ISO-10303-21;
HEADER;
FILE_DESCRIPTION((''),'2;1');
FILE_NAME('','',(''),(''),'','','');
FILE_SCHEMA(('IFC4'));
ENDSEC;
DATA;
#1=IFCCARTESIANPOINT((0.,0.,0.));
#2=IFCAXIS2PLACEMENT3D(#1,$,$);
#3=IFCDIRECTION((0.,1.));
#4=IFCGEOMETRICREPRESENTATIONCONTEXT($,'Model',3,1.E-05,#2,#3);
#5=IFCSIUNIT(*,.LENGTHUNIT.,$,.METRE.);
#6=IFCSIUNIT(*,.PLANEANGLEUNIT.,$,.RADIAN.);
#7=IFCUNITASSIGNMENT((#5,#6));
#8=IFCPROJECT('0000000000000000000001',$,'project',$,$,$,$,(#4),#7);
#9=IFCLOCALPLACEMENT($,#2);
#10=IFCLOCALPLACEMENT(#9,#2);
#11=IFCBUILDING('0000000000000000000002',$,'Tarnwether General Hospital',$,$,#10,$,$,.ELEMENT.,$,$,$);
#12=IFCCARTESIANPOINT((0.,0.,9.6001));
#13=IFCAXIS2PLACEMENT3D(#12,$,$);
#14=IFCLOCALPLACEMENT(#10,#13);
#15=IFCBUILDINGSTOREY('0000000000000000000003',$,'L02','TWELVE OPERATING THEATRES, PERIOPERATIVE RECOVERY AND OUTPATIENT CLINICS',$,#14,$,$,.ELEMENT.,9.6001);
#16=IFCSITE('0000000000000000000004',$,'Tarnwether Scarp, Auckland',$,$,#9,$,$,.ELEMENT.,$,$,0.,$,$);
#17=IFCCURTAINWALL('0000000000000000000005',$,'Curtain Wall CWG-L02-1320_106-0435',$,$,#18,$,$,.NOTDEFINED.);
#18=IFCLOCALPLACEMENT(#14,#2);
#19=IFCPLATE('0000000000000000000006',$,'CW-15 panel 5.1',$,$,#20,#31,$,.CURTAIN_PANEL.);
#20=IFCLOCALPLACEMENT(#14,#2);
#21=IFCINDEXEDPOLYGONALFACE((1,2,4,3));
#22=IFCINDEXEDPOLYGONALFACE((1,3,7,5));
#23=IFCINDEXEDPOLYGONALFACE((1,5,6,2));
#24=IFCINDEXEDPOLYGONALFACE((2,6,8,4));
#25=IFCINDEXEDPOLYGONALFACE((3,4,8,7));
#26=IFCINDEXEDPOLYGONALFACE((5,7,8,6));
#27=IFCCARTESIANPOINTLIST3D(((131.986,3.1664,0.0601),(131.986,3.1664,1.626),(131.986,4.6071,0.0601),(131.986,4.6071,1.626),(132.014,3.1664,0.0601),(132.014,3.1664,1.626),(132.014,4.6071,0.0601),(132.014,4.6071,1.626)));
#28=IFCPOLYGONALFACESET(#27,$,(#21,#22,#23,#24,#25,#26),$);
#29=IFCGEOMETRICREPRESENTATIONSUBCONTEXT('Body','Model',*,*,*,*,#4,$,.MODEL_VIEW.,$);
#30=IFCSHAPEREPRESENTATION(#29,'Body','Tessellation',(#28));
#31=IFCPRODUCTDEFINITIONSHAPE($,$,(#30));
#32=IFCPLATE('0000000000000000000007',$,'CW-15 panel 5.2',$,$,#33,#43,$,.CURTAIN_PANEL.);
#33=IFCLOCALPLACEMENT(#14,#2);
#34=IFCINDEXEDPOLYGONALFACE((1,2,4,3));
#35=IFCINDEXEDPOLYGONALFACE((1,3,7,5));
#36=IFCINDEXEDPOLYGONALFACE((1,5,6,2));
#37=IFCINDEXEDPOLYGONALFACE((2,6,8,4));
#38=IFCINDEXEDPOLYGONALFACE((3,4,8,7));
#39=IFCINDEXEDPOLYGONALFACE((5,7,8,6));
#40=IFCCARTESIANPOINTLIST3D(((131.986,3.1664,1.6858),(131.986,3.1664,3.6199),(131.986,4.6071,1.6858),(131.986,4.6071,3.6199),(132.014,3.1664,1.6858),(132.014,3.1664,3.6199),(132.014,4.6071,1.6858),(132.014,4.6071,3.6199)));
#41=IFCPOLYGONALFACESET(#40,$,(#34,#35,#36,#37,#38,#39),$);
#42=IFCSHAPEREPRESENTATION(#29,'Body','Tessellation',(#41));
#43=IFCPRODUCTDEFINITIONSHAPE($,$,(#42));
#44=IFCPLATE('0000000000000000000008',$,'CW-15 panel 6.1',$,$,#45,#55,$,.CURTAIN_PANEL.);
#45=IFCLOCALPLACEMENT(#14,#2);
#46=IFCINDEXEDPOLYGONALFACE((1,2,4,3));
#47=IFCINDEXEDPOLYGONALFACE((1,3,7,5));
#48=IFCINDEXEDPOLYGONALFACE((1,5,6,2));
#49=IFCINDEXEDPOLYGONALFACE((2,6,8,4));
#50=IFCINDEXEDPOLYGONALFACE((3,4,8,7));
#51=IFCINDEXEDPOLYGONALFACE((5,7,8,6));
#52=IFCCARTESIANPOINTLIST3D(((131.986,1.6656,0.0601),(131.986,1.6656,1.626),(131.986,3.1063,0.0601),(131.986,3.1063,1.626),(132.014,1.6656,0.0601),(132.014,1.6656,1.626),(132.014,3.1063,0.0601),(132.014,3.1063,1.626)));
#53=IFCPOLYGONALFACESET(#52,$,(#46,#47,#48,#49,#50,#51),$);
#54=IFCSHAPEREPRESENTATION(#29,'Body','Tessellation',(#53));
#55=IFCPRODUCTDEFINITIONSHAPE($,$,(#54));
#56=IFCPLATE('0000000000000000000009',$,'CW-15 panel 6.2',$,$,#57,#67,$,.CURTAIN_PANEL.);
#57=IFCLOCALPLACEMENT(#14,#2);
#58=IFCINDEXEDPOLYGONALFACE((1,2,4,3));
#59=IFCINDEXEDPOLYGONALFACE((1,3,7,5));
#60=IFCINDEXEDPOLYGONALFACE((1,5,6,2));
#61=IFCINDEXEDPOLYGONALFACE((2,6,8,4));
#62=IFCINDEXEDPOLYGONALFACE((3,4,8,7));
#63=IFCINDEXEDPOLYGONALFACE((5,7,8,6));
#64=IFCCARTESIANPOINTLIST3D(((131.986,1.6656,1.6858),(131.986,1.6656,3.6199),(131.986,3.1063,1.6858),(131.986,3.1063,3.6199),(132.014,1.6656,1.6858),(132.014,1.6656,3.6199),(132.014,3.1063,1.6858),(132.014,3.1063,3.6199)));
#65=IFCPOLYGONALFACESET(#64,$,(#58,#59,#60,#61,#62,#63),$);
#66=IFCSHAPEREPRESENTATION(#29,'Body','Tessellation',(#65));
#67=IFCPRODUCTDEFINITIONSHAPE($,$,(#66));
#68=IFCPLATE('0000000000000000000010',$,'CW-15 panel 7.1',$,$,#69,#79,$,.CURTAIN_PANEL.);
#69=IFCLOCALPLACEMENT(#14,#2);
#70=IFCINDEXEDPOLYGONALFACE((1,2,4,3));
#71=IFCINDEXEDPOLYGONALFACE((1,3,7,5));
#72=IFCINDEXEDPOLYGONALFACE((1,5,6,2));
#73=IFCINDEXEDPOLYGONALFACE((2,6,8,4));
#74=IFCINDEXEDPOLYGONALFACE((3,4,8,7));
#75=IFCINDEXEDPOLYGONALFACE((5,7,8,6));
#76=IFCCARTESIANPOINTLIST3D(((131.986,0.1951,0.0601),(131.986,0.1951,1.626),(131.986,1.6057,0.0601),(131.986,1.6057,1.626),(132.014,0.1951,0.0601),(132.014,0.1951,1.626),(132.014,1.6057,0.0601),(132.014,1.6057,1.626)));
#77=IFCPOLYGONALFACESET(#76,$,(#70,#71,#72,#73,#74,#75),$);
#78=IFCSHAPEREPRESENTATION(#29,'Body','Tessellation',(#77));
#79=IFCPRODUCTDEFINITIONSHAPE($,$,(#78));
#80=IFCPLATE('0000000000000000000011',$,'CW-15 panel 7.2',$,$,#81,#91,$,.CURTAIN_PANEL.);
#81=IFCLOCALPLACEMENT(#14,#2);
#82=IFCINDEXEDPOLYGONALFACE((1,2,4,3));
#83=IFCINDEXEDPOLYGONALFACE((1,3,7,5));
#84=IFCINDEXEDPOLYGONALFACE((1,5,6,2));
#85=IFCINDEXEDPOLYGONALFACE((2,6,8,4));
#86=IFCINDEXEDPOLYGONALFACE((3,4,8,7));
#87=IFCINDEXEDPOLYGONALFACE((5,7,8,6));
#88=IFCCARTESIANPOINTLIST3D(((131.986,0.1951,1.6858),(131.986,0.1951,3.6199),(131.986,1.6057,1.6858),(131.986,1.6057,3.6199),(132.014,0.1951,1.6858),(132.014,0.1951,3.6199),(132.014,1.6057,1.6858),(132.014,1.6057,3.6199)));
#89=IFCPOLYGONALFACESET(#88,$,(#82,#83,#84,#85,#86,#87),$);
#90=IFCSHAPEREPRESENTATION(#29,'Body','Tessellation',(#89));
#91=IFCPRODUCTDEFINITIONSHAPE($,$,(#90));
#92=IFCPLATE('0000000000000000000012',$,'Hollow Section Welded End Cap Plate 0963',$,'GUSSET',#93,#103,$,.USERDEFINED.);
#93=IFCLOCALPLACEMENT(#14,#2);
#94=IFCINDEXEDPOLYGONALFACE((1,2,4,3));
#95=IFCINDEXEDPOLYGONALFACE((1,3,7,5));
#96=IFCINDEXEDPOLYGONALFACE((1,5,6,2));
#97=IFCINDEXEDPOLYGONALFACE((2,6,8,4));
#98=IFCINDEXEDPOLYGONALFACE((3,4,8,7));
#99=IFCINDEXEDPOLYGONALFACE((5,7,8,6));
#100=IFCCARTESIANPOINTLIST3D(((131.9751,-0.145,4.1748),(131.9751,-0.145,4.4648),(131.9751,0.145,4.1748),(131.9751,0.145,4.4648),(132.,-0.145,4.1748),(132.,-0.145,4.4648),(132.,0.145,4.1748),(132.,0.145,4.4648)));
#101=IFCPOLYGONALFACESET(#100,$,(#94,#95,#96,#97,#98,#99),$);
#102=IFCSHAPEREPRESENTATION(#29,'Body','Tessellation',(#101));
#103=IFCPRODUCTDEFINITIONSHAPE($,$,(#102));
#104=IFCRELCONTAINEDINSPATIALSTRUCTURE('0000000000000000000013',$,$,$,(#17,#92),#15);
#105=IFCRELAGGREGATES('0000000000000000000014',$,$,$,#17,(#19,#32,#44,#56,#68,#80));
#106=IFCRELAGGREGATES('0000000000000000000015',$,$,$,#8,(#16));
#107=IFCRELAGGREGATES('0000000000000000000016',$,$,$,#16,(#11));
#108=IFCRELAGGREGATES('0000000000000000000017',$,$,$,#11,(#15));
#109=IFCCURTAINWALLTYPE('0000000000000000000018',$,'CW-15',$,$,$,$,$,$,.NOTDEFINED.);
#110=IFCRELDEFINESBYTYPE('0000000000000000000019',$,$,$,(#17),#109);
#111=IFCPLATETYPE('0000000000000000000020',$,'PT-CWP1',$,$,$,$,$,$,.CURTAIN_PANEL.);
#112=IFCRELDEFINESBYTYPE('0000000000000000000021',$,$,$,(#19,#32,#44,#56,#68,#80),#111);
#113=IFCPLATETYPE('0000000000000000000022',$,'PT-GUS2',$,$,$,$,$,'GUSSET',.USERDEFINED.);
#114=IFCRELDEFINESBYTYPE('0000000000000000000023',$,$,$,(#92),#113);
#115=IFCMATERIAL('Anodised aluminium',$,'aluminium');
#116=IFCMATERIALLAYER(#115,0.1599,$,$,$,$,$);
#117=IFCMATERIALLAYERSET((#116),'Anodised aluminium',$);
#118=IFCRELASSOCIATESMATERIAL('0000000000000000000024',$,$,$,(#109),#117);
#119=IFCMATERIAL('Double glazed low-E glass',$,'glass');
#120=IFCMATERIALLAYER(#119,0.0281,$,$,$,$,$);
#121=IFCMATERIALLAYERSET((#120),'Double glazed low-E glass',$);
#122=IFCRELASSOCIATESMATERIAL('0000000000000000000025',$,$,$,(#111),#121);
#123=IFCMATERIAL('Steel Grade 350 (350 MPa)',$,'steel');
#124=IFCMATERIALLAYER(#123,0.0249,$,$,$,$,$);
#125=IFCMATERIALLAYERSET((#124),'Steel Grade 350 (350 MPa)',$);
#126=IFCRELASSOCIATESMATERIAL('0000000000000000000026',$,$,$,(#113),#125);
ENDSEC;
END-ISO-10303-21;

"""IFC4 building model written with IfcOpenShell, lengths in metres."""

from ifc_helpers import new_model, si_unit, direction, frame, origin, origin_2d, place, context, subcontext, project, spatial, rectangle, extrude, material, layer, layer_set, type_object, element, aggregate, save


model = new_model("IFC4")

# Units and contexts
model_context = context("Model", 3, precision=1e-05, world=origin(), true_north=direction((0.0, 1.0)))
body_context = subcontext(model_context, "Body", "Model", "MODEL_VIEW")
ifc_project = project(units=[si_unit("LENGTHUNIT", "METRE"), si_unit("PLANEANGLEUNIT", "RADIAN")], contexts=[model_context])

# Site, building, storey
site_placement = place(None, origin())
site = spatial("IfcSite", under=ifc_project, at=site_placement, Name="Tarnwether Scarp, Auckland", CompositionType="ELEMENT", RefElevation=0.0)
building_placement = place(site_placement, origin())
building = spatial("IfcBuilding", under=site, at=building_placement, Name="Tarnwether General Hospital", CompositionType="ELEMENT")
storey_placement = place(building_placement, frame((0.0, 0.0, 9.6001)))
storey = spatial("IfcBuildingStorey", under=building, at=storey_placement, Name="L02", Description="TWELVE OPERATING THEATRES, PERIOPERATIVE RECOVERY AND OUTPATIENT CLINICS", CompositionType="ELEMENT", Elevation=9.6001)

# Curtain wall
ifc_material_1 = material(Name="Anodised aluminium", Category="aluminium")
ifc_layer_1 = layer(ifc_material_1, 0.1599)
ifc_layer_set_1 = layer_set([ifc_layer_1], Name="Anodised aluminium")
curtain_wall_type_1 = type_object("IfcCurtainWallType", Name="CW-15", PredefinedType="NOTDEFINED", material=ifc_layer_set_1)
curtain_wall_1_placement = place(storey_placement, origin())
curtain_wall_1 = element("IfcCurtainWall", 1, at=curtain_wall_1_placement, inside=storey, type_object=curtain_wall_type_1, Name="Curtain Wall CWG-L02-1320_106-0435", PredefinedType="NOTDEFINED")

# Plates
ifc_material_2 = material(Name="Double glazed low-E glass", Category="glass")
ifc_layer_2 = layer(ifc_material_2, 0.0281)
ifc_layer_set_2 = layer_set([ifc_layer_2], Name="Double glazed low-E glass")
plate_type_1 = type_object("IfcPlateType", Name="PT-CWP1", PredefinedType="CURTAIN_PANEL", material=ifc_layer_set_2)
plate_1_placement = place(storey_placement, frame((132.0, 3.8867, 0.0601), z_axis=(0.0, 0.0, 1.0), x_axis=(0.0, -1.0, 0.0)))
plate_1 = element("IfcPlate", 2, at=plate_1_placement, type_object=plate_type_1, Name="CW-15 panel 5.1", PredefinedType="CURTAIN_PANEL", context=body_context, shape_type="SweptSolid", body=[
    extrude(rectangle(XDim=1.4407, YDim=0.0281, at=origin_2d()), origin(), (0.0, 0.0, 1.0), 1.5659),
])
plate_2_placement = place(storey_placement, frame((132.0, 3.8867, 1.6858), z_axis=(0.0, 0.0, 1.0), x_axis=(0.0, -1.0, 0.0)))
plate_2 = element("IfcPlate", 3, at=plate_2_placement, type_object=plate_type_1, Name="CW-15 panel 5.2", PredefinedType="CURTAIN_PANEL", context=body_context, shape_type="SweptSolid", body=[
    extrude(rectangle(XDim=1.4407, YDim=0.0281, at=origin_2d()), origin(), (0.0, 0.0, 1.0), 1.9341),
])
plate_3_placement = place(storey_placement, frame((132.0, 2.386, 0.0601), z_axis=(0.0, 0.0, 1.0), x_axis=(0.0, -1.0, 0.0)))
plate_3 = element("IfcPlate", 4, at=plate_3_placement, type_object=plate_type_1, Name="CW-15 panel 6.1", PredefinedType="CURTAIN_PANEL", context=body_context, shape_type="SweptSolid", body=[
    extrude(rectangle(XDim=1.4407, YDim=0.0281, at=origin_2d()), origin(), (0.0, 0.0, 1.0), 1.5659),
])
plate_4_placement = place(storey_placement, frame((132.0, 2.386, 1.6858), z_axis=(0.0, 0.0, 1.0), x_axis=(0.0, -1.0, 0.0)))
plate_4 = element("IfcPlate", 5, at=plate_4_placement, type_object=plate_type_1, Name="CW-15 panel 6.2", PredefinedType="CURTAIN_PANEL", context=body_context, shape_type="SweptSolid", body=[
    extrude(rectangle(XDim=1.4407, YDim=0.0281, at=origin_2d()), origin(), (0.0, 0.0, 1.0), 1.9341),
])
plate_5_placement = place(storey_placement, frame((132.0, 0.9004, 0.0601), z_axis=(0.0, 0.0, 1.0), x_axis=(0.0, -1.0, 0.0)))
plate_5 = element("IfcPlate", 6, at=plate_5_placement, type_object=plate_type_1, Name="CW-15 panel 7.1", PredefinedType="CURTAIN_PANEL", context=body_context, shape_type="SweptSolid", body=[
    extrude(rectangle(XDim=1.4106, YDim=0.0281, at=origin_2d()), origin(), (0.0, 0.0, 1.0), 1.5659),
])
plate_6_placement = place(storey_placement, frame((132.0, 0.9004, 1.6858), z_axis=(0.0, 0.0, 1.0), x_axis=(0.0, -1.0, 0.0)))
plate_6 = element("IfcPlate", 7, at=plate_6_placement, type_object=plate_type_1, Name="CW-15 panel 7.2", PredefinedType="CURTAIN_PANEL", context=body_context, shape_type="SweptSolid", body=[
    extrude(rectangle(XDim=1.4106, YDim=0.0281, at=origin_2d()), origin(), (0.0, 0.0, 1.0), 1.9341),
])
aggregate(curtain_wall_1, [plate_1, plate_2, plate_3, plate_4, plate_5, plate_6])
ifc_material_3 = material(Name="Steel Grade 350 (350 MPa)", Category="steel")
ifc_layer_3 = layer(ifc_material_3, 0.0249)
ifc_layer_set_3 = layer_set([ifc_layer_3], Name="Steel Grade 350 (350 MPa)")
plate_type_2 = type_object("IfcPlateType", Name="PT-GUS2", ElementType="GUSSET", PredefinedType="USERDEFINED", material=ifc_layer_set_3)
plate_7_placement = place(storey_placement, frame((131.9875, 0.0, 4.1748), z_axis=(0.0, 0.0, 1.0), x_axis=(1.0, 0.0, 0.0)))
element("IfcPlate", 8, at=plate_7_placement, inside=storey, type_object=plate_type_2, Name="Hollow Section Welded End Cap Plate 0963", ObjectType="GUSSET", PredefinedType="USERDEFINED", context=body_context, shape_type="SweptSolid", body=[
    extrude(rectangle(XDim=0.0249, YDim=0.29, at=origin_2d()), origin(), (0.0, 0.0, 1.0), 0.29),
])

save(model, "model.ifc")
